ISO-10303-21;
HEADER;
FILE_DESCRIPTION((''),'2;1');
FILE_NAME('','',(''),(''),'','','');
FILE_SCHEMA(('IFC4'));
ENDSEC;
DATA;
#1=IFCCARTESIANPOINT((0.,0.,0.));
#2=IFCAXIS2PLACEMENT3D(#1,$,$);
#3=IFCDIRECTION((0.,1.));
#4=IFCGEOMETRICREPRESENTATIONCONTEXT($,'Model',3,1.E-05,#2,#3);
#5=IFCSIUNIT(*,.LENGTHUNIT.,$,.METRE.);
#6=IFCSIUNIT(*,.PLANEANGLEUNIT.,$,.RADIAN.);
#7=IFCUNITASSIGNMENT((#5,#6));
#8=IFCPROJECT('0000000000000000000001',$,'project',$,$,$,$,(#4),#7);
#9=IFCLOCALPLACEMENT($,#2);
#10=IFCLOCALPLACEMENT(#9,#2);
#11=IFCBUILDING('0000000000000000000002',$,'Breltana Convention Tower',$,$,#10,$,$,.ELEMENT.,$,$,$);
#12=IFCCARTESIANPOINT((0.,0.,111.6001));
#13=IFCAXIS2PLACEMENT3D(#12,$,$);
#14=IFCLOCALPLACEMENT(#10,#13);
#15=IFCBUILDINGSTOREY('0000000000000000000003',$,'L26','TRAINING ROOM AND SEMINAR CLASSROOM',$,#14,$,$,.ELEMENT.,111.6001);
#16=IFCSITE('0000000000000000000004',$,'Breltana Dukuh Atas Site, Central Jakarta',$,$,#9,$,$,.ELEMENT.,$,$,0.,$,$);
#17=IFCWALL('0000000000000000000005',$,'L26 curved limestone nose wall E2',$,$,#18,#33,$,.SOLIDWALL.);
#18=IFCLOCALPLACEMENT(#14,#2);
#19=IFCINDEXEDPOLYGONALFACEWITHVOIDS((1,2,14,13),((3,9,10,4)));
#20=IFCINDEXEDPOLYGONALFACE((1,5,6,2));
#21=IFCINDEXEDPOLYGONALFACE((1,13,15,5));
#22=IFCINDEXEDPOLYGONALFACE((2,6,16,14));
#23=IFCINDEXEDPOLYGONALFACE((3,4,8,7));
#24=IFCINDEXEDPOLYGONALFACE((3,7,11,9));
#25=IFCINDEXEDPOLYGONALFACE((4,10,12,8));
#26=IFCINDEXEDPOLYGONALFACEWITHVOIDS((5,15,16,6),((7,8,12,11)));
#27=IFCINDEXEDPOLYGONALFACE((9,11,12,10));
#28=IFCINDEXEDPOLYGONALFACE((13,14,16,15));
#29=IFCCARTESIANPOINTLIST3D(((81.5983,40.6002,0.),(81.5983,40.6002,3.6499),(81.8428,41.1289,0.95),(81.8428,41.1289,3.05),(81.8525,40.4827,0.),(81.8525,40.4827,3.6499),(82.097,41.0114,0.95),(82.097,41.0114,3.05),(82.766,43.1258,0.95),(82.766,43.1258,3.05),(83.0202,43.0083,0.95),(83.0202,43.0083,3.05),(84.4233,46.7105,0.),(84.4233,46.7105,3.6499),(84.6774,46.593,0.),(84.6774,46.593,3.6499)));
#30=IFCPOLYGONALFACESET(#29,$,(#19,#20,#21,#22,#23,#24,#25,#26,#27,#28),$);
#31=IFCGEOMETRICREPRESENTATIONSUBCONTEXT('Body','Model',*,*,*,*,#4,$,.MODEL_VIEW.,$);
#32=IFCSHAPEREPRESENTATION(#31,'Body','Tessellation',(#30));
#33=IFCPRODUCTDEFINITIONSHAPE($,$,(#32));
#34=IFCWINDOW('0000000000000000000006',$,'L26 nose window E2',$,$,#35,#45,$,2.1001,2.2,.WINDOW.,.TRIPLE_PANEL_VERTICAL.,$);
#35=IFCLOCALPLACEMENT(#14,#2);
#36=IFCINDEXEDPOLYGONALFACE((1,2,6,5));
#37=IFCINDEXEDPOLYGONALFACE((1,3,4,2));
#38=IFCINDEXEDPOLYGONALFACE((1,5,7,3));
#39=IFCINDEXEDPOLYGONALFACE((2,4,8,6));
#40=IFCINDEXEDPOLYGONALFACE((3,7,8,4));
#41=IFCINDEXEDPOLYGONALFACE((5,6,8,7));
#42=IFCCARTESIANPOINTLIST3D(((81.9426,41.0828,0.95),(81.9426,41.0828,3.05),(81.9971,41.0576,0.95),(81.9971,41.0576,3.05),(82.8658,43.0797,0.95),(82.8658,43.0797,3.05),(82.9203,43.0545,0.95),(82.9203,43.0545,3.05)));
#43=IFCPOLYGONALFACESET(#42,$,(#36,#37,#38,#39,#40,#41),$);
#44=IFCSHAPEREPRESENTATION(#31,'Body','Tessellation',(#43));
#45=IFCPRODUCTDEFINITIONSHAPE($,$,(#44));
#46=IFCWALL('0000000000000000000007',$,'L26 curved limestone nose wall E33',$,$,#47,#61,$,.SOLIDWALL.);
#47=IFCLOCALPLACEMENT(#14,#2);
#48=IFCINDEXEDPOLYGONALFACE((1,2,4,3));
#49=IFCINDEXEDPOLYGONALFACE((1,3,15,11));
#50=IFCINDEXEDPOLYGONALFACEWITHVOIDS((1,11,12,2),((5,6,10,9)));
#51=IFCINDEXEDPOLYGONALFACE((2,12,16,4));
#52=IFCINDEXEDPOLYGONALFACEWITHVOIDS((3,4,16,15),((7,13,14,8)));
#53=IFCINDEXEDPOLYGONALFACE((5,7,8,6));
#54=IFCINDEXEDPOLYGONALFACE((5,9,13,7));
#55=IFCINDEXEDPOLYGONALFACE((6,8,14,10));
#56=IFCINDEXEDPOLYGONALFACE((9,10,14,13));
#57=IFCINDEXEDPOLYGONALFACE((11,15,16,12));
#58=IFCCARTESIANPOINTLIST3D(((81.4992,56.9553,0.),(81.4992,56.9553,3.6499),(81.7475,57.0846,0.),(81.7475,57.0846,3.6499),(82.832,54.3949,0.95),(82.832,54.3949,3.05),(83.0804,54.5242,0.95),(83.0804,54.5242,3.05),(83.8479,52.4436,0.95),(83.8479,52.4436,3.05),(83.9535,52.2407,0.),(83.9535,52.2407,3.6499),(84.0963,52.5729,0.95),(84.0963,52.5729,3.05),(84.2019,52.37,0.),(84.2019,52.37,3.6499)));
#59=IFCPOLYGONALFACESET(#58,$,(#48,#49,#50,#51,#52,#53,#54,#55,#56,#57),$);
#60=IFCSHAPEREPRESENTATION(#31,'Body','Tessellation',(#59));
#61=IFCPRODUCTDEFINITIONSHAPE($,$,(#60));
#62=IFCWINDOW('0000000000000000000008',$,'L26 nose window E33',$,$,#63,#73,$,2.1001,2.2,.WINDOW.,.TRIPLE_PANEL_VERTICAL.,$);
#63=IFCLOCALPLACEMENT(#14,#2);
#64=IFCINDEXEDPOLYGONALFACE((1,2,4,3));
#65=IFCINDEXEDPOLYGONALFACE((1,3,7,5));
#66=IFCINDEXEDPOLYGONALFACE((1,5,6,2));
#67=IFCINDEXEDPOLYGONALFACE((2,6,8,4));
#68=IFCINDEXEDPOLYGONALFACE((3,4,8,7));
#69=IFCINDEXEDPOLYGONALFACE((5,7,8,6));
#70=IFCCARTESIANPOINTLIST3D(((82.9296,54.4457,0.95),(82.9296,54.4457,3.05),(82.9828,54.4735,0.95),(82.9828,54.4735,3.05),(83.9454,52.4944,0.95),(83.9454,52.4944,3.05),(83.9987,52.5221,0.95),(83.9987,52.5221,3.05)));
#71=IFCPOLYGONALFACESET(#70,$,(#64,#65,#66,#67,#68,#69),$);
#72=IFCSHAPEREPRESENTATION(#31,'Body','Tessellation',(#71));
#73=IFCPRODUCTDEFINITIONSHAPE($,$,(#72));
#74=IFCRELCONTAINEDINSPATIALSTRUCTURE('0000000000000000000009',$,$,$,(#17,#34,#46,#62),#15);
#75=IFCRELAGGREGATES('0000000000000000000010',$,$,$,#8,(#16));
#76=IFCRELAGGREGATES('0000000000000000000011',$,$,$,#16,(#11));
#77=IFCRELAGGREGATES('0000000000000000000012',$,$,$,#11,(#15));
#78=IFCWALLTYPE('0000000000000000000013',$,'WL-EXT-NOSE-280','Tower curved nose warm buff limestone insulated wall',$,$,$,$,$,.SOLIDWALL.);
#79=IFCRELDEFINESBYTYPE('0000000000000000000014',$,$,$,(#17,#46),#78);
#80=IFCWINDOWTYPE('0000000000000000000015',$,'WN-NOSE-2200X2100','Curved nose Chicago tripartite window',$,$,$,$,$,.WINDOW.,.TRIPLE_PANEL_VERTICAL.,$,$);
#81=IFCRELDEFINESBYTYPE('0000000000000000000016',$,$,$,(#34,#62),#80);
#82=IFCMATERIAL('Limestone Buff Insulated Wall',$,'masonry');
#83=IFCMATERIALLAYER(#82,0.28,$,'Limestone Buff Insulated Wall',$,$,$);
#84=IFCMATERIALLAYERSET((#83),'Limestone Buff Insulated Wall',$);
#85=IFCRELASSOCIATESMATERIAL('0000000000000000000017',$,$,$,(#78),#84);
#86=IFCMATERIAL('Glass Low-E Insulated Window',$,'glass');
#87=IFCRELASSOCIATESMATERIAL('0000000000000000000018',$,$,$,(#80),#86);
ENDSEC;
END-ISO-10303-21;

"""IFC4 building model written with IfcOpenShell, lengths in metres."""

from ifc_helpers import new_model, si_unit, direction, frame, frame_2d, origin, place, context, subcontext, project, spatial, rectangle, extrude, source, transform, mapped, material, layer, layer_set, type_object, type_shapes, element, fill, save


model = new_model("IFC4")

# Units and contexts
model_context = context("Model", 3, precision=1e-05, world=origin(), true_north=direction((0.0, 1.0)))
body_context = subcontext(model_context, "Body", "Model", "MODEL_VIEW")
ifc_project = project(units=[si_unit("LENGTHUNIT", "METRE"), si_unit("PLANEANGLEUNIT", "RADIAN")], contexts=[model_context])

# Site, building, storey
site_placement = place(None, origin())
site = spatial("IfcSite", under=ifc_project, at=site_placement, Name="Breltana Dukuh Atas Site, Central Jakarta", CompositionType="ELEMENT", RefElevation=0.0)
building_placement = place(site_placement, origin())
building = spatial("IfcBuilding", under=site, at=building_placement, Name="Breltana Convention Tower", CompositionType="ELEMENT")
storey_placement = place(building_placement, frame((0.0, 0.0, 111.6001)))
storey = spatial("IfcBuildingStorey", under=building, at=storey_placement, Name="L26", Description="TRAINING ROOM AND SEMINAR CLASSROOM", CompositionType="ELEMENT", Elevation=111.6001)

# Walls, openings, windows
ifc_material_1 = material(Name="Limestone Buff Insulated Wall", Category="masonry")
ifc_layer_1 = layer(ifc_material_1, 0.28, Name="Limestone Buff Insulated Wall")
ifc_layer_set_1 = layer_set([ifc_layer_1], Name="Limestone Buff Insulated Wall")
wall_type = type_object("IfcWallType", Name="WL-EXT-NOSE-280", Description="Tower curved nose warm buff limestone insulated wall", PredefinedType="SOLIDWALL", material=ifc_layer_set_1)
ifc_material_2 = material(Name="Glass Low-E Insulated Window", Category="glass")
window_type = type_object("IfcWindowType", Name="WN-NOSE-2200X2100", Description="Curved nose Chicago tripartite window", PartitioningType="TRIPLE_PANEL_VERTICAL", PredefinedType="WINDOW", material=ifc_material_2)
shared_shape_1 = source(origin(), body_context, "Body", "SweptSolid", [
    extrude(rectangle(XDim=2.2, YDim=2.1001, at=frame_2d((1.1001, 1.05))), frame((0.0, 0.03, 0.0), z_axis=(0.0, -1.0, 0.0), x_axis=(1.0, 0.0, 0.0)), (0.0, 0.0, 1.0), 0.0601),
])
type_shapes(window_type, [shared_shape_1])
shared_shape_2 = source(origin(), body_context, "Body", "SweptSolid", [
    extrude(rectangle(XDim=6.7317, YDim=0.28, at=frame_2d((3.3657, 0.0))), origin(), (0.0, 0.0, 1.0), 3.6499),
])
wall_1_placement = place(storey_placement, frame((84.5503, 46.6516, 0.0), z_axis=(0.0, 0.0, 1.0), x_axis=(-0.419645, -0.907689, 0.0)))
wall_1 = element("IfcWall", 1, at=wall_1_placement, inside=storey, type_object=wall_type, Name="L26 curved limestone nose wall E2", PredefinedType="SOLIDWALL", context=body_context, shape_type="MappedRepresentation", body=[
    mapped(shared_shape_2, transform((0.0, 0.0, 0.0), scale=1.0)),
])
opening_1_placement = place(wall_1_placement, frame((3.949, 0.0, 0.95)))
opening_1 = element("IfcOpeningElement", 2, at=opening_1_placement, cuts=wall_1, PredefinedType="OPENING", context=body_context, shape_type="SweptSolid", body=[
    extrude(rectangle(XDim=2.2, YDim=2.1001, at=frame_2d((1.1001, 1.05))), frame((0.0, 0.1499, 0.0), z_axis=(0.0, -1.0, 0.0), x_axis=(1.0, 0.0, 0.0)), (0.0, 0.0, 1.0), 0.3),
])
window_1_placement = place(opening_1_placement, origin())
window_1 = element("IfcWindow", 3, at=window_1_placement, inside=storey, type_object=window_type, Name="L26 nose window E2", OverallHeight=2.1001, OverallWidth=2.2, PartitioningType="TRIPLE_PANEL_VERTICAL", PredefinedType="WINDOW", context=body_context, shape_type="MappedRepresentation", body=[
    mapped(shared_shape_1, transform((0.0, 0.0, 0.0), scale=1.0)),
])
fill(opening_1, window_1)
shared_shape_3 = source(origin(), body_context, "Body", "SweptSolid", [
    extrude(rectangle(XDim=5.3152, YDim=0.28, at=frame_2d((2.6577, 0.0))), origin(), (0.0, 0.0, 1.0), 3.6499),
])
wall_2_placement = place(storey_placement, frame((81.6233, 57.02, 0.0), z_axis=(0.0, 0.0, 1.0), x_axis=(0.461761, -0.887005, 0.0)))
wall_2 = element("IfcWall", 4, at=wall_2_placement, inside=storey, type_object=wall_type, Name="L26 curved limestone nose wall E33", PredefinedType="SOLIDWALL", context=body_context, shape_type="MappedRepresentation", body=[
    mapped(shared_shape_3, transform((0.0, 0.0, 0.0), scale=1.0)),
])
opening_2_placement = place(wall_2_placement, frame((2.8865, 0.0, 0.95)))
opening_2 = element("IfcOpeningElement", 5, at=opening_2_placement, cuts=wall_2, PredefinedType="OPENING", context=body_context, shape_type="SweptSolid", body=[
    extrude(rectangle(XDim=2.2, YDim=2.1001, at=frame_2d((1.1001, 1.05))), frame((0.0, 0.1499, 0.0), z_axis=(0.0, -1.0, 0.0), x_axis=(1.0, 0.0, 0.0)), (0.0, 0.0, 1.0), 0.3),
])
window_2_placement = place(opening_2_placement, origin())
window_2 = element("IfcWindow", 6, at=window_2_placement, inside=storey, type_object=window_type, Name="L26 nose window E33", OverallHeight=2.1001, OverallWidth=2.2, PartitioningType="TRIPLE_PANEL_VERTICAL", PredefinedType="WINDOW", context=body_context, shape_type="MappedRepresentation", body=[
    mapped(shared_shape_1, transform((0.0, 0.0, 0.0), scale=1.0)),
])
fill(opening_2, window_2)

save(model, "model.ifc")
